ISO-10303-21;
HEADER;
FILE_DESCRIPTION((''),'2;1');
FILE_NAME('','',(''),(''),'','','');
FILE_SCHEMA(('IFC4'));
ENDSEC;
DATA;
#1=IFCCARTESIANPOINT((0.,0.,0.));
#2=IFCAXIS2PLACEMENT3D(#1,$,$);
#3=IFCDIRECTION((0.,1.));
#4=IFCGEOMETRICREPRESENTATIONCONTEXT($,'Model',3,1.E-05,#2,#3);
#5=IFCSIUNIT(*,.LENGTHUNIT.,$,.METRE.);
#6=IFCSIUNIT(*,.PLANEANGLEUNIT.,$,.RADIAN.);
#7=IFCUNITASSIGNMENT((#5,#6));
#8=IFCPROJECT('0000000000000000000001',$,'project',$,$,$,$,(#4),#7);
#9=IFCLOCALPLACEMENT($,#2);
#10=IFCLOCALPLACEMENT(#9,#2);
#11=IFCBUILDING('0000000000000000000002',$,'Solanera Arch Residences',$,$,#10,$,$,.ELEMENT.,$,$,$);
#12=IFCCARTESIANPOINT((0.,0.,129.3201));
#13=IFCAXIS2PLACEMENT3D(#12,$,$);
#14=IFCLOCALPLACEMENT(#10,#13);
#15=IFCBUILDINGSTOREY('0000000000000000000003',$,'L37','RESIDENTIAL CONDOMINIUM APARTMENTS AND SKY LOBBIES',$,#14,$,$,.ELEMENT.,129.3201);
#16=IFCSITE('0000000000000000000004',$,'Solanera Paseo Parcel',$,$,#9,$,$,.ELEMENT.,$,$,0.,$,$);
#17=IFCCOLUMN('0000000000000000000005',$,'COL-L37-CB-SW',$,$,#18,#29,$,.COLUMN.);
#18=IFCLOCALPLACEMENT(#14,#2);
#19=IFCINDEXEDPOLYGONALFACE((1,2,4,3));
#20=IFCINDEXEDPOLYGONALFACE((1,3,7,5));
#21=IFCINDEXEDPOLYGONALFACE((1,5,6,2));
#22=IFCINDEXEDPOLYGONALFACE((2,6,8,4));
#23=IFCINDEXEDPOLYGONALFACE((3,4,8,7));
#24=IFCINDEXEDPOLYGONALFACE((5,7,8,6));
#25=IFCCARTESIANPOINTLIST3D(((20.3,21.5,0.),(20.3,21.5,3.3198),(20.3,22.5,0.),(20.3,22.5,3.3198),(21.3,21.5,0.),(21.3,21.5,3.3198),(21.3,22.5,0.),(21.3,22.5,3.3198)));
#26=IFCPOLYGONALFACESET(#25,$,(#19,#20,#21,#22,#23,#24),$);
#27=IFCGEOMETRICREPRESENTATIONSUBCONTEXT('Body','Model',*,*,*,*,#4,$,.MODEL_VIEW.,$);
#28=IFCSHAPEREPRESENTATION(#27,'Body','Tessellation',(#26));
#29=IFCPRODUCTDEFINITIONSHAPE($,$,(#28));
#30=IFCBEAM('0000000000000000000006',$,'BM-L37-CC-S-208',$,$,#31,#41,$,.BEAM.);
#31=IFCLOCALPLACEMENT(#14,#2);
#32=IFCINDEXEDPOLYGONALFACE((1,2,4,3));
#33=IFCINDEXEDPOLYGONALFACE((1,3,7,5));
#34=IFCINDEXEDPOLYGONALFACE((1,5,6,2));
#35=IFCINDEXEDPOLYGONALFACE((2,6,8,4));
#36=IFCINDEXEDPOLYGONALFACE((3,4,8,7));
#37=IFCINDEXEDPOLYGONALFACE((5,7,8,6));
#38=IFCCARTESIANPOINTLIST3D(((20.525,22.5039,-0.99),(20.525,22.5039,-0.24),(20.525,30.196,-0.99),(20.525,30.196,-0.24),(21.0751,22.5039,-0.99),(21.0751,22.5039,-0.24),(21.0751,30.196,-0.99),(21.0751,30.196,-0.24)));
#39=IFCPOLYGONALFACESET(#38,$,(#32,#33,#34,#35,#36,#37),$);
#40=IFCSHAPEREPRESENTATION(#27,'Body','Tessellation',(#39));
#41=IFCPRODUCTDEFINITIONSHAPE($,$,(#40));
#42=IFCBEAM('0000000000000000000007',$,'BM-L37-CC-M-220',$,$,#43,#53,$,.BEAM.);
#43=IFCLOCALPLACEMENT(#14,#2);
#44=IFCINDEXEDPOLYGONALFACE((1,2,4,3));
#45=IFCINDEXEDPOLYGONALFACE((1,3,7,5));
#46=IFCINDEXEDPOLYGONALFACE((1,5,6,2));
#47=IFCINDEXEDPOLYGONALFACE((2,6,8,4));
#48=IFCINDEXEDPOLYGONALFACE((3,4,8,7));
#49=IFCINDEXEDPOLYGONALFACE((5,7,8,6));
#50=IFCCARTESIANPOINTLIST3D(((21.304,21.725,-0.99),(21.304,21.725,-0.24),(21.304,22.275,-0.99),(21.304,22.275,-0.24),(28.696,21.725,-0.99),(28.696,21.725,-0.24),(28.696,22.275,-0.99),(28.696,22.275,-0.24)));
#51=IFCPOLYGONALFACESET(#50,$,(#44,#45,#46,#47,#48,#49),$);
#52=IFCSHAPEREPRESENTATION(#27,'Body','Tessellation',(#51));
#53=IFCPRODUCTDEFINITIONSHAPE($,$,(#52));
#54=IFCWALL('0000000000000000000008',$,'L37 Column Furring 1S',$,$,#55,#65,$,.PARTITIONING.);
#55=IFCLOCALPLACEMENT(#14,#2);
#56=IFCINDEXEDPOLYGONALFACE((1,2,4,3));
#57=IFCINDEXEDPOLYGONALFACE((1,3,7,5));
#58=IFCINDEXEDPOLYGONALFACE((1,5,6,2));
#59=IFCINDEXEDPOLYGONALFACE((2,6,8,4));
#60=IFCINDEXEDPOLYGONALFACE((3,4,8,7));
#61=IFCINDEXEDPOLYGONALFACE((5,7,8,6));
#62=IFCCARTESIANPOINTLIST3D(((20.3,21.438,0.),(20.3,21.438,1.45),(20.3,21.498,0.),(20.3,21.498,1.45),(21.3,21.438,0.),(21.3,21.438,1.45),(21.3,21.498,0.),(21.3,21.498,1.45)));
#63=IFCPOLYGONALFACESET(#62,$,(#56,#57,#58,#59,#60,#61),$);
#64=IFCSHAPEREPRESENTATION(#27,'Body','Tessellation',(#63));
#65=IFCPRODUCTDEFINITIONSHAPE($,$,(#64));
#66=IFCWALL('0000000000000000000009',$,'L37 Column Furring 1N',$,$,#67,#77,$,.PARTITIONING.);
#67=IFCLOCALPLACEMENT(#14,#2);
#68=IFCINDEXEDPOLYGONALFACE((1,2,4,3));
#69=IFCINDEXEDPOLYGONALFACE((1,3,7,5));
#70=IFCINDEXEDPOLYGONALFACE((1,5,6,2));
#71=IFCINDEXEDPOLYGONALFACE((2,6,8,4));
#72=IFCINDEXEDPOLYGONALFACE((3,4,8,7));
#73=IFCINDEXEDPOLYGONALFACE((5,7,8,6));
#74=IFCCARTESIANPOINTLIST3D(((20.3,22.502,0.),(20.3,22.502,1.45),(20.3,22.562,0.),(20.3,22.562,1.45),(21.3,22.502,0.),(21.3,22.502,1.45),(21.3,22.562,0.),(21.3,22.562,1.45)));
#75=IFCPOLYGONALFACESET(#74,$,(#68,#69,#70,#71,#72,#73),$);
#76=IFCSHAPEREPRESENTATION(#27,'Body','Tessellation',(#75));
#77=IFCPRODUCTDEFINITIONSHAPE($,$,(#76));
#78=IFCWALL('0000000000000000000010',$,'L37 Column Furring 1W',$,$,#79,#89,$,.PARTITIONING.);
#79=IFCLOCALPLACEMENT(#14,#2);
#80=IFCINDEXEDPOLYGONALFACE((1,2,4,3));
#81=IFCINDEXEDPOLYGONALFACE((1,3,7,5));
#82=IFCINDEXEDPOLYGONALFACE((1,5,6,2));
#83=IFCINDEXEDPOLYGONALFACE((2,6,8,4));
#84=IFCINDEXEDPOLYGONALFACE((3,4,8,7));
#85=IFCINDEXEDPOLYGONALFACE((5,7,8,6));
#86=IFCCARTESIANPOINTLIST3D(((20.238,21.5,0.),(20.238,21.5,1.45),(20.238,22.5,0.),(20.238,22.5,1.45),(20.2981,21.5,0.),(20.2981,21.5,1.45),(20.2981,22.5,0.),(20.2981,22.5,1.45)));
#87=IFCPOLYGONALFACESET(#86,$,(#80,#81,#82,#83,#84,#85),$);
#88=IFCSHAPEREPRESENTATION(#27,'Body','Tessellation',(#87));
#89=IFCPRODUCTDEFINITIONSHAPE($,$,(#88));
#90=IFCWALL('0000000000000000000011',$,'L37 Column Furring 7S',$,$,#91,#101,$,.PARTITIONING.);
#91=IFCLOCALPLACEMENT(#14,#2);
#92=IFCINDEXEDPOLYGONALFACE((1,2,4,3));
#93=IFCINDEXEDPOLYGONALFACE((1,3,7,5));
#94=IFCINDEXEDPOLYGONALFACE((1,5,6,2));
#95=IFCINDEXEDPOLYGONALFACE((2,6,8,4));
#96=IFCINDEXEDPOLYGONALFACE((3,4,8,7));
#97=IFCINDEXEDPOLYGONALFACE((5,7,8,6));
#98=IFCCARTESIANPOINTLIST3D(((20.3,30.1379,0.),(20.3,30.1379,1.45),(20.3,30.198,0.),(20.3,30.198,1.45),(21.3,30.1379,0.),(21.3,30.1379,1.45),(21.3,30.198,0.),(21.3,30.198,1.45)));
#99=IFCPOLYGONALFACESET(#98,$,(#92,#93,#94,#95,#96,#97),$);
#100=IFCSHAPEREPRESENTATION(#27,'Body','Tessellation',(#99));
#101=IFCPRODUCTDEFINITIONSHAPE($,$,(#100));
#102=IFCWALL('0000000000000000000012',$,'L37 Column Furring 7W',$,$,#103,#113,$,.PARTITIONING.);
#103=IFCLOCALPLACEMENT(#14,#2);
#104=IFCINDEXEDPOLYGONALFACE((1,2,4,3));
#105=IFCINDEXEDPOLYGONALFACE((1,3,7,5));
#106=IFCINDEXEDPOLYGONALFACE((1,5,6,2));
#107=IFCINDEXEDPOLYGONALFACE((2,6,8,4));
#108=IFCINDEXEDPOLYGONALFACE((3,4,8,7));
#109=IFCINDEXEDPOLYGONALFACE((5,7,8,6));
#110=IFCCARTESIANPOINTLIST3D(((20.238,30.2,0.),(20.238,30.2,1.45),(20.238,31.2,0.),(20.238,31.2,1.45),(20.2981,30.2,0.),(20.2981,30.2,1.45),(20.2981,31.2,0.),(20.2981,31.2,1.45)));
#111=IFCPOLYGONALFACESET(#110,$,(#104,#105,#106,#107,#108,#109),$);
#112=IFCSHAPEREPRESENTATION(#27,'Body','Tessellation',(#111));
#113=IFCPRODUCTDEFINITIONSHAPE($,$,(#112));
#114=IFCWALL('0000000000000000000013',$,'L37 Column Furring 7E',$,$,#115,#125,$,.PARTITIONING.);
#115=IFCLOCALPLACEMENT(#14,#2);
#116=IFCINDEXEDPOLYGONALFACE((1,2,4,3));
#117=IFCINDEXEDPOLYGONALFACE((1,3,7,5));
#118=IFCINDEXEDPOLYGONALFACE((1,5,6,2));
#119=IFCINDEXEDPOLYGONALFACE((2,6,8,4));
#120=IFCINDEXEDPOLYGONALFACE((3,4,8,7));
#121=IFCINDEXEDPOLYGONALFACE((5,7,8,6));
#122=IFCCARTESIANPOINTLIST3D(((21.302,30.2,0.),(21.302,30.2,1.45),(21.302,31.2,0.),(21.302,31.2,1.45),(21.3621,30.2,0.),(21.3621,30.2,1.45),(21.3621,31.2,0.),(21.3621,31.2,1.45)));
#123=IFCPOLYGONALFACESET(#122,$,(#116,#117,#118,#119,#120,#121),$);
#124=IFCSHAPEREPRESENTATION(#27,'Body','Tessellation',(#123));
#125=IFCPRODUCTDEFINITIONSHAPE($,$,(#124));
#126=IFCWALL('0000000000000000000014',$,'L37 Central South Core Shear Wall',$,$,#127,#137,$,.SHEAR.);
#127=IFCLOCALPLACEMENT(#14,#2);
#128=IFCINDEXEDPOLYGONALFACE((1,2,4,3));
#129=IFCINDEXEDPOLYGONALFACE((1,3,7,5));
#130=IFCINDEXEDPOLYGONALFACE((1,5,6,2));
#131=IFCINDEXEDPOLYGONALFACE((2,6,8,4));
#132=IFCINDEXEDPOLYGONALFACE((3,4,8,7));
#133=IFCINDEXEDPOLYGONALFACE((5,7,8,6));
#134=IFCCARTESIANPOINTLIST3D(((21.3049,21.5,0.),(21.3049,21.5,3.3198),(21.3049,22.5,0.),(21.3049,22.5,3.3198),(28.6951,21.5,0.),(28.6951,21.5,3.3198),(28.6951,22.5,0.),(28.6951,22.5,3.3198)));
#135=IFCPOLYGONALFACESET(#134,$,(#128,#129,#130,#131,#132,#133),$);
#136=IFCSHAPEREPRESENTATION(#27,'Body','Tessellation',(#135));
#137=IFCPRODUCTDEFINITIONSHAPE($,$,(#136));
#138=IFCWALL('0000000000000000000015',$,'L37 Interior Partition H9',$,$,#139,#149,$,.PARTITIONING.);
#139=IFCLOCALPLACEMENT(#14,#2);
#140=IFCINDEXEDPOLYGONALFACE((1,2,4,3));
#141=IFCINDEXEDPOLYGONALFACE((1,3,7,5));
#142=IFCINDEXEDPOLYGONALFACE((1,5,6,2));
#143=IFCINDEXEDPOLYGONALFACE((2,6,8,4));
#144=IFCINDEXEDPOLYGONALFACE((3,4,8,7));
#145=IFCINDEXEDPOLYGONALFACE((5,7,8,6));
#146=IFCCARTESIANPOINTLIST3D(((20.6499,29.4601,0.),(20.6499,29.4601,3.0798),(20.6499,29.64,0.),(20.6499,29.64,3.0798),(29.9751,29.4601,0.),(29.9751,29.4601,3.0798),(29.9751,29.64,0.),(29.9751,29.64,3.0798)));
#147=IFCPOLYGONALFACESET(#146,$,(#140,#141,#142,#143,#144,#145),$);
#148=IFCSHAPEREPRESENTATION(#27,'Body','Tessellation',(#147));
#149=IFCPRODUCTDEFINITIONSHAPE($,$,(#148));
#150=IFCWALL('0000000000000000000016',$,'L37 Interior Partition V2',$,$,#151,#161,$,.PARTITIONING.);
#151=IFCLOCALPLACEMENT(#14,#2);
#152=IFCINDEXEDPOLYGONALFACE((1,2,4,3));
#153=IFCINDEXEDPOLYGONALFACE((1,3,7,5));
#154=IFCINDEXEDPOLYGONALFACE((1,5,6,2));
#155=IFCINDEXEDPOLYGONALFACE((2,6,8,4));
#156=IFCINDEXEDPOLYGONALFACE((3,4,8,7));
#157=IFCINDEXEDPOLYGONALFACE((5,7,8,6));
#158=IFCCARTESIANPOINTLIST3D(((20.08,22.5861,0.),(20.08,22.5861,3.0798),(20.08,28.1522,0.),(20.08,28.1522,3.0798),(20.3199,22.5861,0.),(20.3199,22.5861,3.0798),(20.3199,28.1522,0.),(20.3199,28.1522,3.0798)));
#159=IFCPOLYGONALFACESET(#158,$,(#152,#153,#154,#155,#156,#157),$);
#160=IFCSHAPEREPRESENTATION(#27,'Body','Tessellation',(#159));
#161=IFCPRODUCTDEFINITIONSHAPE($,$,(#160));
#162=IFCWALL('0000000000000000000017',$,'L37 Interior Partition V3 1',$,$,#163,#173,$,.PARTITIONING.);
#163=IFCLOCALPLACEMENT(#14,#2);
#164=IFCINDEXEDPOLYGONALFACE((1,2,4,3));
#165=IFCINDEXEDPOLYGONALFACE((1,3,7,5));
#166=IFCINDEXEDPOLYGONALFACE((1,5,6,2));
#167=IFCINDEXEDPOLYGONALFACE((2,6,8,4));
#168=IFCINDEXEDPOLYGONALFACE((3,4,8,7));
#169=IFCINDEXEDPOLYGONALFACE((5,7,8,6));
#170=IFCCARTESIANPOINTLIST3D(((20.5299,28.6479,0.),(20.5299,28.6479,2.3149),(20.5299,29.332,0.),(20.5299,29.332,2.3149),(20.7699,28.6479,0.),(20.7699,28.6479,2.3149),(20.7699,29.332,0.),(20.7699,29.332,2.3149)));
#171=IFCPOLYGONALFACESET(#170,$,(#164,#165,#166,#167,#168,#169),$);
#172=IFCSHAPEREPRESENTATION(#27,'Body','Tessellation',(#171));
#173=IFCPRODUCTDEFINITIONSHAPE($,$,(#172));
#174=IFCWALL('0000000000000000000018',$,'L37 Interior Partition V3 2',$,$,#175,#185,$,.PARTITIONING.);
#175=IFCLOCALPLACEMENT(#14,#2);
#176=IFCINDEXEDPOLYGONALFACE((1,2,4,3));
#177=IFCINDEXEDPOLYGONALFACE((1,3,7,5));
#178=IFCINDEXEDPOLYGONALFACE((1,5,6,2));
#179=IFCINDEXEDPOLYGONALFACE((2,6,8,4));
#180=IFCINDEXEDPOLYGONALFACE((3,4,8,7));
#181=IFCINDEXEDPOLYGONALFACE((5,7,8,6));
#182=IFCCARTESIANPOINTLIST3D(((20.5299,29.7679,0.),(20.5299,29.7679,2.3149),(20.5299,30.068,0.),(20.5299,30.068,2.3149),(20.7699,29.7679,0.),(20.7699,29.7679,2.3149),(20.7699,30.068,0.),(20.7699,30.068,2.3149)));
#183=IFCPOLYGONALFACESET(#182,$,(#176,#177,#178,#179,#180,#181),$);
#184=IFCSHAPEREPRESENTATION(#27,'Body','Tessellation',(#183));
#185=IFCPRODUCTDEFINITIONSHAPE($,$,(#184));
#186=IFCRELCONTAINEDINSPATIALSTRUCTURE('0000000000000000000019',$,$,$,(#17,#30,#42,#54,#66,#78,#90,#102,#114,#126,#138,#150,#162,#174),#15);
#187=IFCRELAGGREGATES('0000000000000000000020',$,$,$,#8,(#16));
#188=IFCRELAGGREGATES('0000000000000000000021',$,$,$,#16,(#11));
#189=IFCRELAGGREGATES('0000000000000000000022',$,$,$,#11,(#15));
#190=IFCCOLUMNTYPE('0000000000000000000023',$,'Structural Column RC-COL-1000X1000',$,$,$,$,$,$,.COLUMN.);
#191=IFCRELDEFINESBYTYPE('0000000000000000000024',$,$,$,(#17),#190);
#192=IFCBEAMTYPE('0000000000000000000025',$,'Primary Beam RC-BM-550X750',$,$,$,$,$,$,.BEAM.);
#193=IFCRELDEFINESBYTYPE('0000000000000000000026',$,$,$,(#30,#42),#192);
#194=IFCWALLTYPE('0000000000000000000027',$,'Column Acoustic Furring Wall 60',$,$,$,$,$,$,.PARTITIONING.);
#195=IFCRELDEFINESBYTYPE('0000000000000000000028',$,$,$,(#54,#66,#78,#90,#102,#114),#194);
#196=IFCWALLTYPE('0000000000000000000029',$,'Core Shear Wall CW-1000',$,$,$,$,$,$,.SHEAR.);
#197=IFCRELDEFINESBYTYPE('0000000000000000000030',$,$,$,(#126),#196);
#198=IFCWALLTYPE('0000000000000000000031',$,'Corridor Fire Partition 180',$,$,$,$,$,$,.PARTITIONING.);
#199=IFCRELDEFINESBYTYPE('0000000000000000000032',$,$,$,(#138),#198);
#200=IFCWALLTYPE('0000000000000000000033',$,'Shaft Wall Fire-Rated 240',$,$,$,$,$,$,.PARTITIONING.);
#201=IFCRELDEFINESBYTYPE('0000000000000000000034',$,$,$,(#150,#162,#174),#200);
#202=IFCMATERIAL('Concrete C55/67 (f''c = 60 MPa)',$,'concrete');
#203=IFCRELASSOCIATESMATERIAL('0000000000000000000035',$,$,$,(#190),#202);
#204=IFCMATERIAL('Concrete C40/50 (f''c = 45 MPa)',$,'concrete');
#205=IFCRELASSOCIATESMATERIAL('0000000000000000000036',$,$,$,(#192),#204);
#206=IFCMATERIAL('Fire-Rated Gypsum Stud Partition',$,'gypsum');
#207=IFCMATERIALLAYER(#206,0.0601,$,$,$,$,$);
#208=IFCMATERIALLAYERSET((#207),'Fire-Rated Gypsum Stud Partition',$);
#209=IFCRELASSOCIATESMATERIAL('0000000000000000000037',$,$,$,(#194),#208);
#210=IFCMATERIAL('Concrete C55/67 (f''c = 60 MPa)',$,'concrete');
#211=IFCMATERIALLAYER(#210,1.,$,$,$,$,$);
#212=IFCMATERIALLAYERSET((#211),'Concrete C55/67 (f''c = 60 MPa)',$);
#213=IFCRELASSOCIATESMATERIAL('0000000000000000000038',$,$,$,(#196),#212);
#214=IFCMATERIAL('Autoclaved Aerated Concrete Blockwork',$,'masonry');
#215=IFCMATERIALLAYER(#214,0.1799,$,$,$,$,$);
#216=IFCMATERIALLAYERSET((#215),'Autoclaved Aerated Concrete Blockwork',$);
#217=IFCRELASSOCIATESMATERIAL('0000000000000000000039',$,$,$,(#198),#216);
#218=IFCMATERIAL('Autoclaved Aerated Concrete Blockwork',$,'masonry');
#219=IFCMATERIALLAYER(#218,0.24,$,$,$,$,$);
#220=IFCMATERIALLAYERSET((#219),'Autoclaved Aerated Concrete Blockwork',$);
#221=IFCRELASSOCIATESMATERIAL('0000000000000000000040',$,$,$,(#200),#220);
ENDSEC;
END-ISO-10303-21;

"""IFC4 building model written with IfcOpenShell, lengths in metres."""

from ifc_helpers import new_model, si_unit, direction, frame, frame_2d, origin, origin_2d, place, context, subcontext, project, spatial, rectangle, extrude, material, layer, layer_set, material_profile, profile_set, type_object, element, save


model = new_model("IFC4")

# Units and contexts
model_context = context("Model", 3, precision=1e-05, world=origin(), true_north=direction((0.0, 1.0)))
body_context = subcontext(model_context, "Body", "Model", "MODEL_VIEW")
ifc_project = project(units=[si_unit("LENGTHUNIT", "METRE"), si_unit("PLANEANGLEUNIT", "RADIAN")], contexts=[model_context])

# Site, building, storey
site_placement = place(None, origin())
site = spatial("IfcSite", under=ifc_project, at=site_placement, Name="Solanera Paseo Parcel", CompositionType="ELEMENT", RefElevation=0.0)
building_placement = place(site_placement, origin())
building = spatial("IfcBuilding", under=site, at=building_placement, Name="Solanera Arch Residences", CompositionType="ELEMENT")
storey_placement = place(building_placement, frame((0.0, 0.0, 129.3201)))
storey = spatial("IfcBuildingStorey", under=building, at=storey_placement, Name="L37", Description="RESIDENTIAL CONDOMINIUM APARTMENTS AND SKY LOBBIES", CompositionType="ELEMENT", Elevation=129.3201)

# Column
ifc_material_1 = material(Name="Concrete C55/67 (f'c = 60 MPa)", Category="concrete")
ifc_material_profile_1 = material_profile(ifc_material_1, rectangle(XDim=1.0, YDim=1.0, at=origin_2d()))
ifc_profile_set_1 = profile_set([ifc_material_profile_1], Name="Concrete C55/67 (f'c = 60 MPa)")
column_type = type_object("IfcColumnType", Name="Structural Column RC-COL-1000X1000", PredefinedType="COLUMN", material=ifc_profile_set_1)
column_placement = place(storey_placement, frame((20.8, 22.0, 0.0), z_axis=(0.0, 0.0, 1.0), x_axis=(1.0, 0.0, 0.0)))
element("IfcColumn", 1, at=column_placement, inside=storey, type_object=column_type, Name="COL-L37-CB-SW", PredefinedType="COLUMN", context=body_context, shape_type="SweptSolid", body=[
    extrude(rectangle(XDim=1.0, YDim=1.0, at=origin_2d()), origin(), (0.0, 0.0, 1.0), 3.3198),
])

# Beams
ifc_material_2 = material(Name="Concrete C40/50 (f'c = 45 MPa)", Category="concrete")
ifc_material_profile_2 = material_profile(ifc_material_2, rectangle(XDim=0.55, YDim=0.75, at=origin_2d()))
ifc_profile_set_2 = profile_set([ifc_material_profile_2], Name="Concrete C40/50 (f'c = 45 MPa)")
beam_type = type_object("IfcBeamType", Name="Primary Beam RC-BM-550X750", PredefinedType="BEAM", material=ifc_profile_set_2)
beam_1_placement = place(storey_placement, frame((20.8, 22.5039, -0.615), z_axis=(0.0, 1.0, 0.0), x_axis=(-1.0, 0.0, 0.0)))
element("IfcBeam", 2, at=beam_1_placement, inside=storey, type_object=beam_type, Name="BM-L37-CC-S-208", PredefinedType="BEAM", context=body_context, shape_type="SweptSolid", body=[
    extrude(rectangle(XDim=0.55, YDim=0.75, at=origin_2d()), origin(), (0.0, 0.0, 1.0), 7.6921),
])
beam_2_placement = place(storey_placement, frame((21.304, 22.0, -0.615), z_axis=(1.0, 0.0, 0.0), x_axis=(0.0, 1.0, 0.0)))
element("IfcBeam", 3, at=beam_2_placement, inside=storey, type_object=beam_type, Name="BM-L37-CC-M-220", PredefinedType="BEAM", context=body_context, shape_type="SweptSolid", body=[
    extrude(rectangle(XDim=0.55, YDim=0.75, at=origin_2d()), origin(), (0.0, 0.0, 1.0), 7.3921),
])

# Walls
ifc_material_3 = material(Name="Fire-Rated Gypsum Stud Partition", Category="gypsum")
ifc_layer_1 = layer(ifc_material_3, 0.0601)
ifc_layer_set_1 = layer_set([ifc_layer_1], Name="Fire-Rated Gypsum Stud Partition")
wall_type_1 = type_object("IfcWallType", Name="Column Acoustic Furring Wall 60", PredefinedType="PARTITIONING", material=ifc_layer_set_1)
for number, where, z_axis, x_axis, name in (
    (4, (20.3, 21.468, 0.0), (0.0, 0.0, 1.0), (1.0, 0.0, 0.0), "L37 Column Furring 1S"),
    (5, (20.3, 22.532, 0.0), (0.0, 0.0, 1.0), (1.0, 0.0, 0.0), "L37 Column Furring 1N"),
    (6, (20.2681, 21.5, 0.0), (0.0, 0.0, 1.0), (0.0, 1.0, 0.0), "L37 Column Furring 1W"),
    (7, (20.3, 30.168, 0.0), (0.0, 0.0, 1.0), (1.0, 0.0, 0.0), "L37 Column Furring 7S"),
    (8, (20.2681, 30.2, 0.0), (0.0, 0.0, 1.0), (0.0, 1.0, 0.0), "L37 Column Furring 7W"),
    (9, (21.332, 30.2, 0.0), (0.0, 0.0, 1.0), (0.0, 1.0, 0.0), "L37 Column Furring 7E"),
):
    element("IfcWall", number, at=place(storey_placement, frame(where, z_axis=z_axis, x_axis=x_axis)), inside=storey, type_object=wall_type_1, Name=name, PredefinedType="PARTITIONING", context=body_context, shape_type="SweptSolid", body=[
        extrude(rectangle(XDim=1.0, YDim=0.0601, at=frame_2d((0.5, 0.0))), origin(), (0.0, 0.0, 1.0), 1.45),
    ])
ifc_material_4 = material(Name="Concrete C55/67 (f'c = 60 MPa)", Category="concrete")
ifc_layer_2 = layer(ifc_material_4, 1.0)
ifc_layer_set_2 = layer_set([ifc_layer_2], Name="Concrete C55/67 (f'c = 60 MPa)")
wall_type_2 = type_object("IfcWallType", Name="Core Shear Wall CW-1000", PredefinedType="SHEAR", material=ifc_layer_set_2)
wall_1_placement = place(storey_placement, frame((21.3049, 22.0, 0.0), z_axis=(0.0, 0.0, 1.0), x_axis=(1.0, 0.0, 0.0)))
element("IfcWall", 10, at=wall_1_placement, inside=storey, type_object=wall_type_2, Name="L37 Central South Core Shear Wall", PredefinedType="SHEAR", context=body_context, shape_type="SweptSolid", body=[
    extrude(rectangle(XDim=7.3901, YDim=1.0, at=frame_2d((3.6951, 0.0))), origin(), (0.0, 0.0, 1.0), 3.3198),
])

# Wall
ifc_material_5 = material(Name="Autoclaved Aerated Concrete Blockwork", Category="masonry")
ifc_layer_3 = layer(ifc_material_5, 0.1799)
ifc_layer_set_3 = layer_set([ifc_layer_3], Name="Autoclaved Aerated Concrete Blockwork")
wall_type_3 = type_object("IfcWallType", Name="Corridor Fire Partition 180", PredefinedType="PARTITIONING", material=ifc_layer_set_3)
wall_2_placement = place(storey_placement, frame((20.6499, 29.55, 0.0), z_axis=(0.0, 0.0, 1.0), x_axis=(1.0, 0.0, 0.0)))
element("IfcWall", 11, at=wall_2_placement, inside=storey, type_object=wall_type_3, Name="L37 Interior Partition H9", PredefinedType="PARTITIONING", context=body_context, shape_type="SweptSolid", body=[
    extrude(rectangle(XDim=9.3252, YDim=0.1799, at=frame_2d((4.6626, 0.0))), origin(), (0.0, 0.0, 1.0), 3.0798),
])

# Shared definitions
ifc_material_6 = material(Name="Autoclaved Aerated Concrete Blockwork", Category="masonry")
ifc_layer_4 = layer(ifc_material_6, 0.24)
ifc_layer_set_4 = layer_set([ifc_layer_4], Name="Autoclaved Aerated Concrete Blockwork")
wall_type_4 = type_object("IfcWallType", Name="Shaft Wall Fire-Rated 240", PredefinedType="PARTITIONING", material=ifc_layer_set_4)

# Walls
wall_3_placement = place(storey_placement, frame((20.2, 22.5859, 0.0), z_axis=(0.0, 0.0, 1.0), x_axis=(0.0, 1.0, 0.0)))
element("IfcWall", 12, at=wall_3_placement, inside=storey, type_object=wall_type_4, Name="L37 Interior Partition V2", PredefinedType="PARTITIONING", context=body_context, shape_type="SweptSolid", body=[
    extrude(rectangle(XDim=5.5662, YDim=0.24, at=frame_2d((2.7832, 0.0))), origin(), (0.0, 0.0, 1.0), 3.0798),
])
wall_4_placement = place(storey_placement, frame((20.6499, 28.6479, 0.0), z_axis=(0.0, 0.0, 1.0), x_axis=(0.0, 1.0, 0.0)))
element("IfcWall", 13, at=wall_4_placement, inside=storey, type_object=wall_type_4, Name="L37 Interior Partition V3 1", PredefinedType="PARTITIONING", context=body_context, shape_type="SweptSolid", body=[
    extrude(rectangle(XDim=0.6841, YDim=0.24, at=frame_2d((0.342, 0.0))), origin(), (0.0, 0.0, 1.0), 2.3149),
])
wall_5_placement = place(storey_placement, frame((20.6499, 29.7681, 0.0), z_axis=(0.0, 0.0, 1.0), x_axis=(0.0, 1.0, 0.0)))
element("IfcWall", 14, at=wall_5_placement, inside=storey, type_object=wall_type_4, Name="L37 Interior Partition V3 2", PredefinedType="PARTITIONING", context=body_context, shape_type="SweptSolid", body=[
    extrude(rectangle(XDim=0.3, YDim=0.24, at=frame_2d((0.1499, 0.0))), origin(), (0.0, 0.0, 1.0), 2.3149),
])

save(model, "model.ifc")
